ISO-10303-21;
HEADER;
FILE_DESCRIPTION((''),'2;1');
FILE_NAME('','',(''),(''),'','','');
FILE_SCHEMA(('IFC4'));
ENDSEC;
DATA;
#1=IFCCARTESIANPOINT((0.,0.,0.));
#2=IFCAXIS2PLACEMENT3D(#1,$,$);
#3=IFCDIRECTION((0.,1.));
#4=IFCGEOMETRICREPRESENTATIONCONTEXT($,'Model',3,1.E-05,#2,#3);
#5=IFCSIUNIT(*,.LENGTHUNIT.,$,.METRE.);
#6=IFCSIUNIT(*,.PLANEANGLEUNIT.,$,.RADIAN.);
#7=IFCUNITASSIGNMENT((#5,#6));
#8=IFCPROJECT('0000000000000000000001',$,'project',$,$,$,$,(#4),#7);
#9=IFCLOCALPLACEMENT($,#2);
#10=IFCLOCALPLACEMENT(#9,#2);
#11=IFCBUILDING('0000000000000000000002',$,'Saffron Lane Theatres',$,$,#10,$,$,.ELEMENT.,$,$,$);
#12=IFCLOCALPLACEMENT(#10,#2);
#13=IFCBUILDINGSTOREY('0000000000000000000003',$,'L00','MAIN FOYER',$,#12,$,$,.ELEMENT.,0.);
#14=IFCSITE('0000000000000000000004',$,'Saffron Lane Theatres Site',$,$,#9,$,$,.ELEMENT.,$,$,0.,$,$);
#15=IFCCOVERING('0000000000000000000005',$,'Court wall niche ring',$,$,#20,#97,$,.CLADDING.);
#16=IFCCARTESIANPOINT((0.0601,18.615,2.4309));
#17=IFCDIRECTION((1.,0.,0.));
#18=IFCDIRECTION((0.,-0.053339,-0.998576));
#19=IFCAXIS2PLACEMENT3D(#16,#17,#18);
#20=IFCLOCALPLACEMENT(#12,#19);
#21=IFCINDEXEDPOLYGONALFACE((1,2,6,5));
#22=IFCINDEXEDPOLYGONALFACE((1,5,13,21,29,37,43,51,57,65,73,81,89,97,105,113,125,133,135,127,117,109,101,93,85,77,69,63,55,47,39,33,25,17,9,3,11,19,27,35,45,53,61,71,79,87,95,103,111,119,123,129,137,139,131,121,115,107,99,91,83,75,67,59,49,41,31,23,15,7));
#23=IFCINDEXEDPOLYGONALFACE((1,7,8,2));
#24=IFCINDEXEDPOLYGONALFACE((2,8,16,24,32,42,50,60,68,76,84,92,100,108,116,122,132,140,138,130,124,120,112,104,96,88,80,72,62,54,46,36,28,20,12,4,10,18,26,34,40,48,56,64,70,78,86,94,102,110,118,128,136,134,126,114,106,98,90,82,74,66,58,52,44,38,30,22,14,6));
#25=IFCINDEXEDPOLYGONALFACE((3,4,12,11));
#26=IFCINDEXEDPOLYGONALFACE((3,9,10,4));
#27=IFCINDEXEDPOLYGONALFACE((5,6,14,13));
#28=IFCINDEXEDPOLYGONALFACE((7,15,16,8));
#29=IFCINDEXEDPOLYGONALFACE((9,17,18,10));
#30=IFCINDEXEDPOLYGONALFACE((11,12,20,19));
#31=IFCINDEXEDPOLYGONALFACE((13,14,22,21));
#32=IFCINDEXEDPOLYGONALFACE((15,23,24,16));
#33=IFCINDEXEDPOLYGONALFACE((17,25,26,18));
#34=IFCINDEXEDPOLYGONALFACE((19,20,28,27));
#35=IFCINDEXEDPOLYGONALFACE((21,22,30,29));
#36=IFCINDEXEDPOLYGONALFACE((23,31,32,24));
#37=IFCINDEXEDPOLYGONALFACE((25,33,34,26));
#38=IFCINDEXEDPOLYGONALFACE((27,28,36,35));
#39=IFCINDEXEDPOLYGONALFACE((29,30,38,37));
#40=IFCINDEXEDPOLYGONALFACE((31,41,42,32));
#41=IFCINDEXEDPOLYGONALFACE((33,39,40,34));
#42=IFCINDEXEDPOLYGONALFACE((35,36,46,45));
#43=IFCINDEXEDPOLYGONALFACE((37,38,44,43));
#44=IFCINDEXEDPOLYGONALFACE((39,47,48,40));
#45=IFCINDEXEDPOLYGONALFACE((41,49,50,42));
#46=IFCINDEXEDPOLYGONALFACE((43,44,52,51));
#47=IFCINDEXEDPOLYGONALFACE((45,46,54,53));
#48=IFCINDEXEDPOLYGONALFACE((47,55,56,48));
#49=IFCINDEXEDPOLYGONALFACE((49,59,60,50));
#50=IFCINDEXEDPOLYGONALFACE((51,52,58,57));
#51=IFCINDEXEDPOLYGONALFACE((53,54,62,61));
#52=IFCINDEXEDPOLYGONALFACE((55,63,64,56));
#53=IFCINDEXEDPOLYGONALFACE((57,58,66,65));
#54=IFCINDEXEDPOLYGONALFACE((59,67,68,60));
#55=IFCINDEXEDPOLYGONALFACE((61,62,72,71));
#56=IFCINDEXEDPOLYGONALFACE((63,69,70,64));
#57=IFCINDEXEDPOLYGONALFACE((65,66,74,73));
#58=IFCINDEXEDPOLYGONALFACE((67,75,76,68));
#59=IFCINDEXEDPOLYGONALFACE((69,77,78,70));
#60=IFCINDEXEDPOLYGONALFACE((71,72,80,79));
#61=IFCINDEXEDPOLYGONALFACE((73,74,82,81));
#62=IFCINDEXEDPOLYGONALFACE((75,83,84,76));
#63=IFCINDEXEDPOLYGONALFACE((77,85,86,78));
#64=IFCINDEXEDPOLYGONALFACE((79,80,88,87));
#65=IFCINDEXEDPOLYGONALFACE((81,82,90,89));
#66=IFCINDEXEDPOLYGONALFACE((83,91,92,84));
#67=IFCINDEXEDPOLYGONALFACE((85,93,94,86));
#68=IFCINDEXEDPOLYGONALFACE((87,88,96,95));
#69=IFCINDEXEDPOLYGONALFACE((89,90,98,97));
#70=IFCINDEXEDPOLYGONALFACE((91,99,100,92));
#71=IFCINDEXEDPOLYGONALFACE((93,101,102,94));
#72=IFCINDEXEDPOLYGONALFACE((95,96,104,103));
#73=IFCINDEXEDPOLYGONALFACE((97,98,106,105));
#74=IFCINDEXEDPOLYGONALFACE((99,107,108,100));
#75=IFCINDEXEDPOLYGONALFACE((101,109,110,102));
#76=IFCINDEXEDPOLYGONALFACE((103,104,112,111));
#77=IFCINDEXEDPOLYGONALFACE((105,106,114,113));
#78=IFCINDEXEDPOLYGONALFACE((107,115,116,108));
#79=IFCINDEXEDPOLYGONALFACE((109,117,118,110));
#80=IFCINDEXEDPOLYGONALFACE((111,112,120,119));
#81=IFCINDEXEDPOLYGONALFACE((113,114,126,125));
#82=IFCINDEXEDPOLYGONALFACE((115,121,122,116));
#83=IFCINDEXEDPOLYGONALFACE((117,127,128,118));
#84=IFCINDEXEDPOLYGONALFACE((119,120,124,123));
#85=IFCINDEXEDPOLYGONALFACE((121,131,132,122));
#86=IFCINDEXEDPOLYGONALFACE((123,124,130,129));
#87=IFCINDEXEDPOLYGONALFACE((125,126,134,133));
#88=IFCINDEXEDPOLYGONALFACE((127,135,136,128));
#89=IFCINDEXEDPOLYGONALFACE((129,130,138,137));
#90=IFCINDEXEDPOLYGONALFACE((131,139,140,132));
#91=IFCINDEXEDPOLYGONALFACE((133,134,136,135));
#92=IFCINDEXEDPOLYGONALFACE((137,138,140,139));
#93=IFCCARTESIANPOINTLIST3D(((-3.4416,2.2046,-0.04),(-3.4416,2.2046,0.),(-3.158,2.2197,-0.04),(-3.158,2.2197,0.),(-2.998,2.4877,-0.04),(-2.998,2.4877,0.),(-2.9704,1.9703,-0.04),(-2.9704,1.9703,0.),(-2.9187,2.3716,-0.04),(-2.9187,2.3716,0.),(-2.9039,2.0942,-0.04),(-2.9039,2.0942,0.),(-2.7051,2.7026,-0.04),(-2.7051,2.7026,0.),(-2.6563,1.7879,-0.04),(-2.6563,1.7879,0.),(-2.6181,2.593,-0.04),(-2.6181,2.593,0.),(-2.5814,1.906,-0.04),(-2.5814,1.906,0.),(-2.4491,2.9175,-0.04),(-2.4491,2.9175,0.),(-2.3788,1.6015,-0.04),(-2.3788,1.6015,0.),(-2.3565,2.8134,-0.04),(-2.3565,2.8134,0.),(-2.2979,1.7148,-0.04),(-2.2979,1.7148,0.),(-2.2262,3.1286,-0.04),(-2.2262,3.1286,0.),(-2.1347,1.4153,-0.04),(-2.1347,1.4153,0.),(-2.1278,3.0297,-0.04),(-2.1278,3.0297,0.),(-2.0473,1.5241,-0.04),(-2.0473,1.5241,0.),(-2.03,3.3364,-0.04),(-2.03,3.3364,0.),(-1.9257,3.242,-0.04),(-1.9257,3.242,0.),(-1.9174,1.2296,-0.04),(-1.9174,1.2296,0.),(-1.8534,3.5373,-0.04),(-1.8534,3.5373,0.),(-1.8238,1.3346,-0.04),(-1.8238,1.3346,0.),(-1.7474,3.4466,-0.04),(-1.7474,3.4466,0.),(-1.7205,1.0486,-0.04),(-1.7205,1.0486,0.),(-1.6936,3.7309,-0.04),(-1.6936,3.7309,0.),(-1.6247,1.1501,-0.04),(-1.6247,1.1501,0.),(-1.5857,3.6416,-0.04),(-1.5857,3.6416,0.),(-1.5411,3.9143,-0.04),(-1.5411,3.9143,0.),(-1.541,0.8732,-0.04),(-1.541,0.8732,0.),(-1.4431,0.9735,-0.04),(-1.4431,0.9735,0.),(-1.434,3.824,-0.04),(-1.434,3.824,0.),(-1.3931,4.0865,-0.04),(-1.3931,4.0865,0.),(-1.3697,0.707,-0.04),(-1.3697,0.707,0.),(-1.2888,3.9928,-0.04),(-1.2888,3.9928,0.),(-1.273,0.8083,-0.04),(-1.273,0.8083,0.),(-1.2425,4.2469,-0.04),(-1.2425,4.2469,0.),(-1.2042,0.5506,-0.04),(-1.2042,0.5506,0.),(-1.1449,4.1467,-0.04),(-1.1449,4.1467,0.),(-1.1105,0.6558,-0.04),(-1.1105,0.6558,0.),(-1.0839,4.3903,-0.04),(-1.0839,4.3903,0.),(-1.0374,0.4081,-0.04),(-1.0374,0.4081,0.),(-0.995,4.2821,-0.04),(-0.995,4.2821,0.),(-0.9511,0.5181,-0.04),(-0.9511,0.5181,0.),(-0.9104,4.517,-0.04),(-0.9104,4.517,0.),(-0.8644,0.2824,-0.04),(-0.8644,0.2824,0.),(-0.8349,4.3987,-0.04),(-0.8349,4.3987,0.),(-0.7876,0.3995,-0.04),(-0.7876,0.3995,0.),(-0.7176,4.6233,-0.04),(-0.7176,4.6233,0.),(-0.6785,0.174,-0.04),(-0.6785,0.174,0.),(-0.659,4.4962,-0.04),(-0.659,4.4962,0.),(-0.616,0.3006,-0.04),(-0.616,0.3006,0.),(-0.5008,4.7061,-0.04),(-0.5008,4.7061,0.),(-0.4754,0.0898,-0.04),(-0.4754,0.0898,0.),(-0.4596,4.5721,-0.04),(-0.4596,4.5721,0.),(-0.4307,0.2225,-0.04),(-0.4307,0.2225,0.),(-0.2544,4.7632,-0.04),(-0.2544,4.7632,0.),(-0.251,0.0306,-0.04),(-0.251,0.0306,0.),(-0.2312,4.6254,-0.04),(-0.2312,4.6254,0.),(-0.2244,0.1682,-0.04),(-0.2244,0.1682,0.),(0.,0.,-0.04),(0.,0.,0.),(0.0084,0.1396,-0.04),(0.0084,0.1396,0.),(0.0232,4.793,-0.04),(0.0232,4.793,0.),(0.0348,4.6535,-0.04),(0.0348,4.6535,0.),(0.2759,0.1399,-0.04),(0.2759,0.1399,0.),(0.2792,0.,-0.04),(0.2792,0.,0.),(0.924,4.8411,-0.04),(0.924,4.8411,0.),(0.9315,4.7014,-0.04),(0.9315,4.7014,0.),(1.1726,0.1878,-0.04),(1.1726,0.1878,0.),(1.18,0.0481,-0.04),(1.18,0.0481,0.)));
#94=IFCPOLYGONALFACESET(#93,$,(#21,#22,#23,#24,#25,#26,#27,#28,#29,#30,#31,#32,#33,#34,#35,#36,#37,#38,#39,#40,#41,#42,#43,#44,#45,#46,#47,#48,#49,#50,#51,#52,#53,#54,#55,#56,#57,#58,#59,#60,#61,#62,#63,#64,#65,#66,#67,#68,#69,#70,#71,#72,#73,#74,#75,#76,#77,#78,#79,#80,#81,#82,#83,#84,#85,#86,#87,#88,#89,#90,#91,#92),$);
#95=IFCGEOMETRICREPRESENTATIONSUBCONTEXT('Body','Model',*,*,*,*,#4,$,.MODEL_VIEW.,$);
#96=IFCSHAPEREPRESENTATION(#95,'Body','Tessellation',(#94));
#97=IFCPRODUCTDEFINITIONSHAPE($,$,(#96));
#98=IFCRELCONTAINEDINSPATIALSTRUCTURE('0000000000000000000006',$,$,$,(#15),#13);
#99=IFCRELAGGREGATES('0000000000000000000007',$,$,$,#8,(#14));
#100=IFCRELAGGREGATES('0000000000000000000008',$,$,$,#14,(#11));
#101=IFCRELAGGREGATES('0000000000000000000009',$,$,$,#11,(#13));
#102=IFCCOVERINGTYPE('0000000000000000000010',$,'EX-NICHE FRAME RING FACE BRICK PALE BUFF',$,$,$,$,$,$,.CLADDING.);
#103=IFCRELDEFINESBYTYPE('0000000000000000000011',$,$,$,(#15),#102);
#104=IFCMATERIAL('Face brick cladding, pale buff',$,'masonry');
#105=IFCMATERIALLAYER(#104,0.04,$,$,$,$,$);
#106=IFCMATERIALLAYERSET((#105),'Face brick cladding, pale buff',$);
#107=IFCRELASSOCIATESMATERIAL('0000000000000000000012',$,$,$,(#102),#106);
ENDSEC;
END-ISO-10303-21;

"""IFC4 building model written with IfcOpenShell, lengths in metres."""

from ifc_helpers import new_model, si_unit, direction, frame, origin, place, context, subcontext, project, spatial, polyline, outline, extrude, material, layer, layer_set, type_object, element, save


model = new_model("IFC4")

# Units and contexts
model_context = context("Model", 3, precision=1e-05, world=origin(), true_north=direction((0.0, 1.0)))
body_context = subcontext(model_context, "Body", "Model", "MODEL_VIEW")
ifc_project = project(units=[si_unit("LENGTHUNIT", "METRE"), si_unit("PLANEANGLEUNIT", "RADIAN")], contexts=[model_context])

# Site, building, storey
site_placement = place(None, origin())
site = spatial("IfcSite", under=ifc_project, at=site_placement, Name="Saffron Lane Theatres Site", CompositionType="ELEMENT", RefElevation=0.0)
building_placement = place(site_placement, origin())
building = spatial("IfcBuilding", under=site, at=building_placement, Name="Saffron Lane Theatres", CompositionType="ELEMENT")
storey_placement = place(building_placement, origin())
storey = spatial("IfcBuildingStorey", under=building, at=storey_placement, Name="L00", Description="MAIN FOYER", CompositionType="ELEMENT", Elevation=0.0)

# Covering
ifc_material_1 = material(Name="Face brick cladding, pale buff", Category="masonry")
ifc_layer_1 = layer(ifc_material_1, 0.04)
ifc_layer_set_1 = layer_set([ifc_layer_1], Name="Face brick cladding, pale buff")
covering_type_1 = type_object("IfcCoveringType", Name="EX-NICHE FRAME RING FACE BRICK PALE BUFF", PredefinedType="CLADDING", material=ifc_layer_set_1)
covering_1_placement = place(storey_placement, frame((0.0601, 18.615, 2.4309), z_axis=(1.0, 0.0, 0.0), x_axis=(0.0, -0.053339, -0.998576)))
element("IfcCovering", 1, at=covering_1_placement, inside=storey, type_object=covering_type_1, Name="Court wall niche ring", PredefinedType="CLADDING", context=body_context, shape_type="SweptSolid", body=[
    extrude(outline(polyline([(0.0, 0.0), (0.2792, 0.0), (1.18, 0.0481), (1.1726, 0.1878), (0.2759, 0.1399), (0.0084, 0.1396), (-0.2244, 0.1682), (-0.4307, 0.2225), (-0.616, 0.3006), (-0.7876, 0.3995), (-0.9511, 0.5181), (-1.1105, 0.6558), (-1.273, 0.8083), (-1.4431, 0.9735), (-1.6247, 1.1501), (-1.8238, 1.3346), (-2.0473, 1.5241), (-2.2979, 1.7148), (-2.5814, 1.906), (-2.9039, 2.0942), (-3.158, 2.2197), (-2.9187, 2.3716), (-2.6181, 2.593), (-2.3565, 2.8134), (-2.1278, 3.0297), (-1.9257, 3.242), (-1.7474, 3.4466), (-1.5857, 3.6416), (-1.434, 3.824), (-1.2888, 3.9928), (-1.1449, 4.1467), (-0.995, 4.2821), (-0.8349, 4.3987), (-0.659, 4.4962), (-0.4596, 4.5721), (-0.2312, 4.6254), (0.0348, 4.6535), (0.9315, 4.7014), (0.924, 4.8411), (0.0232, 4.793), (-0.2544, 4.7632), (-0.5008, 4.7061), (-0.7176, 4.6233), (-0.9104, 4.517), (-1.0839, 4.3903), (-1.2425, 4.2469), (-1.3931, 4.0865), (-1.5411, 3.9143), (-1.6936, 3.7309), (-1.8534, 3.5373), (-2.03, 3.3364), (-2.2262, 3.1286), (-2.4491, 2.9175), (-2.7051, 2.7026), (-2.998, 2.4877), (-3.4416, 2.2046), (-2.9704, 1.9703), (-2.6563, 1.7879), (-2.3788, 1.6015), (-2.1347, 1.4153), (-1.9174, 1.2296), (-1.7205, 1.0486), (-1.541, 0.8732), (-1.3697, 0.707), (-1.2042, 0.5506), (-1.0374, 0.4081), (-0.8644, 0.2824), (-0.6785, 0.174), (-0.4754, 0.0898), (-0.251, 0.0306), (0.0, 0.0)])), origin(), (0.0, 0.0, -1.0), 0.04),
])

save(model, "model.ifc")
